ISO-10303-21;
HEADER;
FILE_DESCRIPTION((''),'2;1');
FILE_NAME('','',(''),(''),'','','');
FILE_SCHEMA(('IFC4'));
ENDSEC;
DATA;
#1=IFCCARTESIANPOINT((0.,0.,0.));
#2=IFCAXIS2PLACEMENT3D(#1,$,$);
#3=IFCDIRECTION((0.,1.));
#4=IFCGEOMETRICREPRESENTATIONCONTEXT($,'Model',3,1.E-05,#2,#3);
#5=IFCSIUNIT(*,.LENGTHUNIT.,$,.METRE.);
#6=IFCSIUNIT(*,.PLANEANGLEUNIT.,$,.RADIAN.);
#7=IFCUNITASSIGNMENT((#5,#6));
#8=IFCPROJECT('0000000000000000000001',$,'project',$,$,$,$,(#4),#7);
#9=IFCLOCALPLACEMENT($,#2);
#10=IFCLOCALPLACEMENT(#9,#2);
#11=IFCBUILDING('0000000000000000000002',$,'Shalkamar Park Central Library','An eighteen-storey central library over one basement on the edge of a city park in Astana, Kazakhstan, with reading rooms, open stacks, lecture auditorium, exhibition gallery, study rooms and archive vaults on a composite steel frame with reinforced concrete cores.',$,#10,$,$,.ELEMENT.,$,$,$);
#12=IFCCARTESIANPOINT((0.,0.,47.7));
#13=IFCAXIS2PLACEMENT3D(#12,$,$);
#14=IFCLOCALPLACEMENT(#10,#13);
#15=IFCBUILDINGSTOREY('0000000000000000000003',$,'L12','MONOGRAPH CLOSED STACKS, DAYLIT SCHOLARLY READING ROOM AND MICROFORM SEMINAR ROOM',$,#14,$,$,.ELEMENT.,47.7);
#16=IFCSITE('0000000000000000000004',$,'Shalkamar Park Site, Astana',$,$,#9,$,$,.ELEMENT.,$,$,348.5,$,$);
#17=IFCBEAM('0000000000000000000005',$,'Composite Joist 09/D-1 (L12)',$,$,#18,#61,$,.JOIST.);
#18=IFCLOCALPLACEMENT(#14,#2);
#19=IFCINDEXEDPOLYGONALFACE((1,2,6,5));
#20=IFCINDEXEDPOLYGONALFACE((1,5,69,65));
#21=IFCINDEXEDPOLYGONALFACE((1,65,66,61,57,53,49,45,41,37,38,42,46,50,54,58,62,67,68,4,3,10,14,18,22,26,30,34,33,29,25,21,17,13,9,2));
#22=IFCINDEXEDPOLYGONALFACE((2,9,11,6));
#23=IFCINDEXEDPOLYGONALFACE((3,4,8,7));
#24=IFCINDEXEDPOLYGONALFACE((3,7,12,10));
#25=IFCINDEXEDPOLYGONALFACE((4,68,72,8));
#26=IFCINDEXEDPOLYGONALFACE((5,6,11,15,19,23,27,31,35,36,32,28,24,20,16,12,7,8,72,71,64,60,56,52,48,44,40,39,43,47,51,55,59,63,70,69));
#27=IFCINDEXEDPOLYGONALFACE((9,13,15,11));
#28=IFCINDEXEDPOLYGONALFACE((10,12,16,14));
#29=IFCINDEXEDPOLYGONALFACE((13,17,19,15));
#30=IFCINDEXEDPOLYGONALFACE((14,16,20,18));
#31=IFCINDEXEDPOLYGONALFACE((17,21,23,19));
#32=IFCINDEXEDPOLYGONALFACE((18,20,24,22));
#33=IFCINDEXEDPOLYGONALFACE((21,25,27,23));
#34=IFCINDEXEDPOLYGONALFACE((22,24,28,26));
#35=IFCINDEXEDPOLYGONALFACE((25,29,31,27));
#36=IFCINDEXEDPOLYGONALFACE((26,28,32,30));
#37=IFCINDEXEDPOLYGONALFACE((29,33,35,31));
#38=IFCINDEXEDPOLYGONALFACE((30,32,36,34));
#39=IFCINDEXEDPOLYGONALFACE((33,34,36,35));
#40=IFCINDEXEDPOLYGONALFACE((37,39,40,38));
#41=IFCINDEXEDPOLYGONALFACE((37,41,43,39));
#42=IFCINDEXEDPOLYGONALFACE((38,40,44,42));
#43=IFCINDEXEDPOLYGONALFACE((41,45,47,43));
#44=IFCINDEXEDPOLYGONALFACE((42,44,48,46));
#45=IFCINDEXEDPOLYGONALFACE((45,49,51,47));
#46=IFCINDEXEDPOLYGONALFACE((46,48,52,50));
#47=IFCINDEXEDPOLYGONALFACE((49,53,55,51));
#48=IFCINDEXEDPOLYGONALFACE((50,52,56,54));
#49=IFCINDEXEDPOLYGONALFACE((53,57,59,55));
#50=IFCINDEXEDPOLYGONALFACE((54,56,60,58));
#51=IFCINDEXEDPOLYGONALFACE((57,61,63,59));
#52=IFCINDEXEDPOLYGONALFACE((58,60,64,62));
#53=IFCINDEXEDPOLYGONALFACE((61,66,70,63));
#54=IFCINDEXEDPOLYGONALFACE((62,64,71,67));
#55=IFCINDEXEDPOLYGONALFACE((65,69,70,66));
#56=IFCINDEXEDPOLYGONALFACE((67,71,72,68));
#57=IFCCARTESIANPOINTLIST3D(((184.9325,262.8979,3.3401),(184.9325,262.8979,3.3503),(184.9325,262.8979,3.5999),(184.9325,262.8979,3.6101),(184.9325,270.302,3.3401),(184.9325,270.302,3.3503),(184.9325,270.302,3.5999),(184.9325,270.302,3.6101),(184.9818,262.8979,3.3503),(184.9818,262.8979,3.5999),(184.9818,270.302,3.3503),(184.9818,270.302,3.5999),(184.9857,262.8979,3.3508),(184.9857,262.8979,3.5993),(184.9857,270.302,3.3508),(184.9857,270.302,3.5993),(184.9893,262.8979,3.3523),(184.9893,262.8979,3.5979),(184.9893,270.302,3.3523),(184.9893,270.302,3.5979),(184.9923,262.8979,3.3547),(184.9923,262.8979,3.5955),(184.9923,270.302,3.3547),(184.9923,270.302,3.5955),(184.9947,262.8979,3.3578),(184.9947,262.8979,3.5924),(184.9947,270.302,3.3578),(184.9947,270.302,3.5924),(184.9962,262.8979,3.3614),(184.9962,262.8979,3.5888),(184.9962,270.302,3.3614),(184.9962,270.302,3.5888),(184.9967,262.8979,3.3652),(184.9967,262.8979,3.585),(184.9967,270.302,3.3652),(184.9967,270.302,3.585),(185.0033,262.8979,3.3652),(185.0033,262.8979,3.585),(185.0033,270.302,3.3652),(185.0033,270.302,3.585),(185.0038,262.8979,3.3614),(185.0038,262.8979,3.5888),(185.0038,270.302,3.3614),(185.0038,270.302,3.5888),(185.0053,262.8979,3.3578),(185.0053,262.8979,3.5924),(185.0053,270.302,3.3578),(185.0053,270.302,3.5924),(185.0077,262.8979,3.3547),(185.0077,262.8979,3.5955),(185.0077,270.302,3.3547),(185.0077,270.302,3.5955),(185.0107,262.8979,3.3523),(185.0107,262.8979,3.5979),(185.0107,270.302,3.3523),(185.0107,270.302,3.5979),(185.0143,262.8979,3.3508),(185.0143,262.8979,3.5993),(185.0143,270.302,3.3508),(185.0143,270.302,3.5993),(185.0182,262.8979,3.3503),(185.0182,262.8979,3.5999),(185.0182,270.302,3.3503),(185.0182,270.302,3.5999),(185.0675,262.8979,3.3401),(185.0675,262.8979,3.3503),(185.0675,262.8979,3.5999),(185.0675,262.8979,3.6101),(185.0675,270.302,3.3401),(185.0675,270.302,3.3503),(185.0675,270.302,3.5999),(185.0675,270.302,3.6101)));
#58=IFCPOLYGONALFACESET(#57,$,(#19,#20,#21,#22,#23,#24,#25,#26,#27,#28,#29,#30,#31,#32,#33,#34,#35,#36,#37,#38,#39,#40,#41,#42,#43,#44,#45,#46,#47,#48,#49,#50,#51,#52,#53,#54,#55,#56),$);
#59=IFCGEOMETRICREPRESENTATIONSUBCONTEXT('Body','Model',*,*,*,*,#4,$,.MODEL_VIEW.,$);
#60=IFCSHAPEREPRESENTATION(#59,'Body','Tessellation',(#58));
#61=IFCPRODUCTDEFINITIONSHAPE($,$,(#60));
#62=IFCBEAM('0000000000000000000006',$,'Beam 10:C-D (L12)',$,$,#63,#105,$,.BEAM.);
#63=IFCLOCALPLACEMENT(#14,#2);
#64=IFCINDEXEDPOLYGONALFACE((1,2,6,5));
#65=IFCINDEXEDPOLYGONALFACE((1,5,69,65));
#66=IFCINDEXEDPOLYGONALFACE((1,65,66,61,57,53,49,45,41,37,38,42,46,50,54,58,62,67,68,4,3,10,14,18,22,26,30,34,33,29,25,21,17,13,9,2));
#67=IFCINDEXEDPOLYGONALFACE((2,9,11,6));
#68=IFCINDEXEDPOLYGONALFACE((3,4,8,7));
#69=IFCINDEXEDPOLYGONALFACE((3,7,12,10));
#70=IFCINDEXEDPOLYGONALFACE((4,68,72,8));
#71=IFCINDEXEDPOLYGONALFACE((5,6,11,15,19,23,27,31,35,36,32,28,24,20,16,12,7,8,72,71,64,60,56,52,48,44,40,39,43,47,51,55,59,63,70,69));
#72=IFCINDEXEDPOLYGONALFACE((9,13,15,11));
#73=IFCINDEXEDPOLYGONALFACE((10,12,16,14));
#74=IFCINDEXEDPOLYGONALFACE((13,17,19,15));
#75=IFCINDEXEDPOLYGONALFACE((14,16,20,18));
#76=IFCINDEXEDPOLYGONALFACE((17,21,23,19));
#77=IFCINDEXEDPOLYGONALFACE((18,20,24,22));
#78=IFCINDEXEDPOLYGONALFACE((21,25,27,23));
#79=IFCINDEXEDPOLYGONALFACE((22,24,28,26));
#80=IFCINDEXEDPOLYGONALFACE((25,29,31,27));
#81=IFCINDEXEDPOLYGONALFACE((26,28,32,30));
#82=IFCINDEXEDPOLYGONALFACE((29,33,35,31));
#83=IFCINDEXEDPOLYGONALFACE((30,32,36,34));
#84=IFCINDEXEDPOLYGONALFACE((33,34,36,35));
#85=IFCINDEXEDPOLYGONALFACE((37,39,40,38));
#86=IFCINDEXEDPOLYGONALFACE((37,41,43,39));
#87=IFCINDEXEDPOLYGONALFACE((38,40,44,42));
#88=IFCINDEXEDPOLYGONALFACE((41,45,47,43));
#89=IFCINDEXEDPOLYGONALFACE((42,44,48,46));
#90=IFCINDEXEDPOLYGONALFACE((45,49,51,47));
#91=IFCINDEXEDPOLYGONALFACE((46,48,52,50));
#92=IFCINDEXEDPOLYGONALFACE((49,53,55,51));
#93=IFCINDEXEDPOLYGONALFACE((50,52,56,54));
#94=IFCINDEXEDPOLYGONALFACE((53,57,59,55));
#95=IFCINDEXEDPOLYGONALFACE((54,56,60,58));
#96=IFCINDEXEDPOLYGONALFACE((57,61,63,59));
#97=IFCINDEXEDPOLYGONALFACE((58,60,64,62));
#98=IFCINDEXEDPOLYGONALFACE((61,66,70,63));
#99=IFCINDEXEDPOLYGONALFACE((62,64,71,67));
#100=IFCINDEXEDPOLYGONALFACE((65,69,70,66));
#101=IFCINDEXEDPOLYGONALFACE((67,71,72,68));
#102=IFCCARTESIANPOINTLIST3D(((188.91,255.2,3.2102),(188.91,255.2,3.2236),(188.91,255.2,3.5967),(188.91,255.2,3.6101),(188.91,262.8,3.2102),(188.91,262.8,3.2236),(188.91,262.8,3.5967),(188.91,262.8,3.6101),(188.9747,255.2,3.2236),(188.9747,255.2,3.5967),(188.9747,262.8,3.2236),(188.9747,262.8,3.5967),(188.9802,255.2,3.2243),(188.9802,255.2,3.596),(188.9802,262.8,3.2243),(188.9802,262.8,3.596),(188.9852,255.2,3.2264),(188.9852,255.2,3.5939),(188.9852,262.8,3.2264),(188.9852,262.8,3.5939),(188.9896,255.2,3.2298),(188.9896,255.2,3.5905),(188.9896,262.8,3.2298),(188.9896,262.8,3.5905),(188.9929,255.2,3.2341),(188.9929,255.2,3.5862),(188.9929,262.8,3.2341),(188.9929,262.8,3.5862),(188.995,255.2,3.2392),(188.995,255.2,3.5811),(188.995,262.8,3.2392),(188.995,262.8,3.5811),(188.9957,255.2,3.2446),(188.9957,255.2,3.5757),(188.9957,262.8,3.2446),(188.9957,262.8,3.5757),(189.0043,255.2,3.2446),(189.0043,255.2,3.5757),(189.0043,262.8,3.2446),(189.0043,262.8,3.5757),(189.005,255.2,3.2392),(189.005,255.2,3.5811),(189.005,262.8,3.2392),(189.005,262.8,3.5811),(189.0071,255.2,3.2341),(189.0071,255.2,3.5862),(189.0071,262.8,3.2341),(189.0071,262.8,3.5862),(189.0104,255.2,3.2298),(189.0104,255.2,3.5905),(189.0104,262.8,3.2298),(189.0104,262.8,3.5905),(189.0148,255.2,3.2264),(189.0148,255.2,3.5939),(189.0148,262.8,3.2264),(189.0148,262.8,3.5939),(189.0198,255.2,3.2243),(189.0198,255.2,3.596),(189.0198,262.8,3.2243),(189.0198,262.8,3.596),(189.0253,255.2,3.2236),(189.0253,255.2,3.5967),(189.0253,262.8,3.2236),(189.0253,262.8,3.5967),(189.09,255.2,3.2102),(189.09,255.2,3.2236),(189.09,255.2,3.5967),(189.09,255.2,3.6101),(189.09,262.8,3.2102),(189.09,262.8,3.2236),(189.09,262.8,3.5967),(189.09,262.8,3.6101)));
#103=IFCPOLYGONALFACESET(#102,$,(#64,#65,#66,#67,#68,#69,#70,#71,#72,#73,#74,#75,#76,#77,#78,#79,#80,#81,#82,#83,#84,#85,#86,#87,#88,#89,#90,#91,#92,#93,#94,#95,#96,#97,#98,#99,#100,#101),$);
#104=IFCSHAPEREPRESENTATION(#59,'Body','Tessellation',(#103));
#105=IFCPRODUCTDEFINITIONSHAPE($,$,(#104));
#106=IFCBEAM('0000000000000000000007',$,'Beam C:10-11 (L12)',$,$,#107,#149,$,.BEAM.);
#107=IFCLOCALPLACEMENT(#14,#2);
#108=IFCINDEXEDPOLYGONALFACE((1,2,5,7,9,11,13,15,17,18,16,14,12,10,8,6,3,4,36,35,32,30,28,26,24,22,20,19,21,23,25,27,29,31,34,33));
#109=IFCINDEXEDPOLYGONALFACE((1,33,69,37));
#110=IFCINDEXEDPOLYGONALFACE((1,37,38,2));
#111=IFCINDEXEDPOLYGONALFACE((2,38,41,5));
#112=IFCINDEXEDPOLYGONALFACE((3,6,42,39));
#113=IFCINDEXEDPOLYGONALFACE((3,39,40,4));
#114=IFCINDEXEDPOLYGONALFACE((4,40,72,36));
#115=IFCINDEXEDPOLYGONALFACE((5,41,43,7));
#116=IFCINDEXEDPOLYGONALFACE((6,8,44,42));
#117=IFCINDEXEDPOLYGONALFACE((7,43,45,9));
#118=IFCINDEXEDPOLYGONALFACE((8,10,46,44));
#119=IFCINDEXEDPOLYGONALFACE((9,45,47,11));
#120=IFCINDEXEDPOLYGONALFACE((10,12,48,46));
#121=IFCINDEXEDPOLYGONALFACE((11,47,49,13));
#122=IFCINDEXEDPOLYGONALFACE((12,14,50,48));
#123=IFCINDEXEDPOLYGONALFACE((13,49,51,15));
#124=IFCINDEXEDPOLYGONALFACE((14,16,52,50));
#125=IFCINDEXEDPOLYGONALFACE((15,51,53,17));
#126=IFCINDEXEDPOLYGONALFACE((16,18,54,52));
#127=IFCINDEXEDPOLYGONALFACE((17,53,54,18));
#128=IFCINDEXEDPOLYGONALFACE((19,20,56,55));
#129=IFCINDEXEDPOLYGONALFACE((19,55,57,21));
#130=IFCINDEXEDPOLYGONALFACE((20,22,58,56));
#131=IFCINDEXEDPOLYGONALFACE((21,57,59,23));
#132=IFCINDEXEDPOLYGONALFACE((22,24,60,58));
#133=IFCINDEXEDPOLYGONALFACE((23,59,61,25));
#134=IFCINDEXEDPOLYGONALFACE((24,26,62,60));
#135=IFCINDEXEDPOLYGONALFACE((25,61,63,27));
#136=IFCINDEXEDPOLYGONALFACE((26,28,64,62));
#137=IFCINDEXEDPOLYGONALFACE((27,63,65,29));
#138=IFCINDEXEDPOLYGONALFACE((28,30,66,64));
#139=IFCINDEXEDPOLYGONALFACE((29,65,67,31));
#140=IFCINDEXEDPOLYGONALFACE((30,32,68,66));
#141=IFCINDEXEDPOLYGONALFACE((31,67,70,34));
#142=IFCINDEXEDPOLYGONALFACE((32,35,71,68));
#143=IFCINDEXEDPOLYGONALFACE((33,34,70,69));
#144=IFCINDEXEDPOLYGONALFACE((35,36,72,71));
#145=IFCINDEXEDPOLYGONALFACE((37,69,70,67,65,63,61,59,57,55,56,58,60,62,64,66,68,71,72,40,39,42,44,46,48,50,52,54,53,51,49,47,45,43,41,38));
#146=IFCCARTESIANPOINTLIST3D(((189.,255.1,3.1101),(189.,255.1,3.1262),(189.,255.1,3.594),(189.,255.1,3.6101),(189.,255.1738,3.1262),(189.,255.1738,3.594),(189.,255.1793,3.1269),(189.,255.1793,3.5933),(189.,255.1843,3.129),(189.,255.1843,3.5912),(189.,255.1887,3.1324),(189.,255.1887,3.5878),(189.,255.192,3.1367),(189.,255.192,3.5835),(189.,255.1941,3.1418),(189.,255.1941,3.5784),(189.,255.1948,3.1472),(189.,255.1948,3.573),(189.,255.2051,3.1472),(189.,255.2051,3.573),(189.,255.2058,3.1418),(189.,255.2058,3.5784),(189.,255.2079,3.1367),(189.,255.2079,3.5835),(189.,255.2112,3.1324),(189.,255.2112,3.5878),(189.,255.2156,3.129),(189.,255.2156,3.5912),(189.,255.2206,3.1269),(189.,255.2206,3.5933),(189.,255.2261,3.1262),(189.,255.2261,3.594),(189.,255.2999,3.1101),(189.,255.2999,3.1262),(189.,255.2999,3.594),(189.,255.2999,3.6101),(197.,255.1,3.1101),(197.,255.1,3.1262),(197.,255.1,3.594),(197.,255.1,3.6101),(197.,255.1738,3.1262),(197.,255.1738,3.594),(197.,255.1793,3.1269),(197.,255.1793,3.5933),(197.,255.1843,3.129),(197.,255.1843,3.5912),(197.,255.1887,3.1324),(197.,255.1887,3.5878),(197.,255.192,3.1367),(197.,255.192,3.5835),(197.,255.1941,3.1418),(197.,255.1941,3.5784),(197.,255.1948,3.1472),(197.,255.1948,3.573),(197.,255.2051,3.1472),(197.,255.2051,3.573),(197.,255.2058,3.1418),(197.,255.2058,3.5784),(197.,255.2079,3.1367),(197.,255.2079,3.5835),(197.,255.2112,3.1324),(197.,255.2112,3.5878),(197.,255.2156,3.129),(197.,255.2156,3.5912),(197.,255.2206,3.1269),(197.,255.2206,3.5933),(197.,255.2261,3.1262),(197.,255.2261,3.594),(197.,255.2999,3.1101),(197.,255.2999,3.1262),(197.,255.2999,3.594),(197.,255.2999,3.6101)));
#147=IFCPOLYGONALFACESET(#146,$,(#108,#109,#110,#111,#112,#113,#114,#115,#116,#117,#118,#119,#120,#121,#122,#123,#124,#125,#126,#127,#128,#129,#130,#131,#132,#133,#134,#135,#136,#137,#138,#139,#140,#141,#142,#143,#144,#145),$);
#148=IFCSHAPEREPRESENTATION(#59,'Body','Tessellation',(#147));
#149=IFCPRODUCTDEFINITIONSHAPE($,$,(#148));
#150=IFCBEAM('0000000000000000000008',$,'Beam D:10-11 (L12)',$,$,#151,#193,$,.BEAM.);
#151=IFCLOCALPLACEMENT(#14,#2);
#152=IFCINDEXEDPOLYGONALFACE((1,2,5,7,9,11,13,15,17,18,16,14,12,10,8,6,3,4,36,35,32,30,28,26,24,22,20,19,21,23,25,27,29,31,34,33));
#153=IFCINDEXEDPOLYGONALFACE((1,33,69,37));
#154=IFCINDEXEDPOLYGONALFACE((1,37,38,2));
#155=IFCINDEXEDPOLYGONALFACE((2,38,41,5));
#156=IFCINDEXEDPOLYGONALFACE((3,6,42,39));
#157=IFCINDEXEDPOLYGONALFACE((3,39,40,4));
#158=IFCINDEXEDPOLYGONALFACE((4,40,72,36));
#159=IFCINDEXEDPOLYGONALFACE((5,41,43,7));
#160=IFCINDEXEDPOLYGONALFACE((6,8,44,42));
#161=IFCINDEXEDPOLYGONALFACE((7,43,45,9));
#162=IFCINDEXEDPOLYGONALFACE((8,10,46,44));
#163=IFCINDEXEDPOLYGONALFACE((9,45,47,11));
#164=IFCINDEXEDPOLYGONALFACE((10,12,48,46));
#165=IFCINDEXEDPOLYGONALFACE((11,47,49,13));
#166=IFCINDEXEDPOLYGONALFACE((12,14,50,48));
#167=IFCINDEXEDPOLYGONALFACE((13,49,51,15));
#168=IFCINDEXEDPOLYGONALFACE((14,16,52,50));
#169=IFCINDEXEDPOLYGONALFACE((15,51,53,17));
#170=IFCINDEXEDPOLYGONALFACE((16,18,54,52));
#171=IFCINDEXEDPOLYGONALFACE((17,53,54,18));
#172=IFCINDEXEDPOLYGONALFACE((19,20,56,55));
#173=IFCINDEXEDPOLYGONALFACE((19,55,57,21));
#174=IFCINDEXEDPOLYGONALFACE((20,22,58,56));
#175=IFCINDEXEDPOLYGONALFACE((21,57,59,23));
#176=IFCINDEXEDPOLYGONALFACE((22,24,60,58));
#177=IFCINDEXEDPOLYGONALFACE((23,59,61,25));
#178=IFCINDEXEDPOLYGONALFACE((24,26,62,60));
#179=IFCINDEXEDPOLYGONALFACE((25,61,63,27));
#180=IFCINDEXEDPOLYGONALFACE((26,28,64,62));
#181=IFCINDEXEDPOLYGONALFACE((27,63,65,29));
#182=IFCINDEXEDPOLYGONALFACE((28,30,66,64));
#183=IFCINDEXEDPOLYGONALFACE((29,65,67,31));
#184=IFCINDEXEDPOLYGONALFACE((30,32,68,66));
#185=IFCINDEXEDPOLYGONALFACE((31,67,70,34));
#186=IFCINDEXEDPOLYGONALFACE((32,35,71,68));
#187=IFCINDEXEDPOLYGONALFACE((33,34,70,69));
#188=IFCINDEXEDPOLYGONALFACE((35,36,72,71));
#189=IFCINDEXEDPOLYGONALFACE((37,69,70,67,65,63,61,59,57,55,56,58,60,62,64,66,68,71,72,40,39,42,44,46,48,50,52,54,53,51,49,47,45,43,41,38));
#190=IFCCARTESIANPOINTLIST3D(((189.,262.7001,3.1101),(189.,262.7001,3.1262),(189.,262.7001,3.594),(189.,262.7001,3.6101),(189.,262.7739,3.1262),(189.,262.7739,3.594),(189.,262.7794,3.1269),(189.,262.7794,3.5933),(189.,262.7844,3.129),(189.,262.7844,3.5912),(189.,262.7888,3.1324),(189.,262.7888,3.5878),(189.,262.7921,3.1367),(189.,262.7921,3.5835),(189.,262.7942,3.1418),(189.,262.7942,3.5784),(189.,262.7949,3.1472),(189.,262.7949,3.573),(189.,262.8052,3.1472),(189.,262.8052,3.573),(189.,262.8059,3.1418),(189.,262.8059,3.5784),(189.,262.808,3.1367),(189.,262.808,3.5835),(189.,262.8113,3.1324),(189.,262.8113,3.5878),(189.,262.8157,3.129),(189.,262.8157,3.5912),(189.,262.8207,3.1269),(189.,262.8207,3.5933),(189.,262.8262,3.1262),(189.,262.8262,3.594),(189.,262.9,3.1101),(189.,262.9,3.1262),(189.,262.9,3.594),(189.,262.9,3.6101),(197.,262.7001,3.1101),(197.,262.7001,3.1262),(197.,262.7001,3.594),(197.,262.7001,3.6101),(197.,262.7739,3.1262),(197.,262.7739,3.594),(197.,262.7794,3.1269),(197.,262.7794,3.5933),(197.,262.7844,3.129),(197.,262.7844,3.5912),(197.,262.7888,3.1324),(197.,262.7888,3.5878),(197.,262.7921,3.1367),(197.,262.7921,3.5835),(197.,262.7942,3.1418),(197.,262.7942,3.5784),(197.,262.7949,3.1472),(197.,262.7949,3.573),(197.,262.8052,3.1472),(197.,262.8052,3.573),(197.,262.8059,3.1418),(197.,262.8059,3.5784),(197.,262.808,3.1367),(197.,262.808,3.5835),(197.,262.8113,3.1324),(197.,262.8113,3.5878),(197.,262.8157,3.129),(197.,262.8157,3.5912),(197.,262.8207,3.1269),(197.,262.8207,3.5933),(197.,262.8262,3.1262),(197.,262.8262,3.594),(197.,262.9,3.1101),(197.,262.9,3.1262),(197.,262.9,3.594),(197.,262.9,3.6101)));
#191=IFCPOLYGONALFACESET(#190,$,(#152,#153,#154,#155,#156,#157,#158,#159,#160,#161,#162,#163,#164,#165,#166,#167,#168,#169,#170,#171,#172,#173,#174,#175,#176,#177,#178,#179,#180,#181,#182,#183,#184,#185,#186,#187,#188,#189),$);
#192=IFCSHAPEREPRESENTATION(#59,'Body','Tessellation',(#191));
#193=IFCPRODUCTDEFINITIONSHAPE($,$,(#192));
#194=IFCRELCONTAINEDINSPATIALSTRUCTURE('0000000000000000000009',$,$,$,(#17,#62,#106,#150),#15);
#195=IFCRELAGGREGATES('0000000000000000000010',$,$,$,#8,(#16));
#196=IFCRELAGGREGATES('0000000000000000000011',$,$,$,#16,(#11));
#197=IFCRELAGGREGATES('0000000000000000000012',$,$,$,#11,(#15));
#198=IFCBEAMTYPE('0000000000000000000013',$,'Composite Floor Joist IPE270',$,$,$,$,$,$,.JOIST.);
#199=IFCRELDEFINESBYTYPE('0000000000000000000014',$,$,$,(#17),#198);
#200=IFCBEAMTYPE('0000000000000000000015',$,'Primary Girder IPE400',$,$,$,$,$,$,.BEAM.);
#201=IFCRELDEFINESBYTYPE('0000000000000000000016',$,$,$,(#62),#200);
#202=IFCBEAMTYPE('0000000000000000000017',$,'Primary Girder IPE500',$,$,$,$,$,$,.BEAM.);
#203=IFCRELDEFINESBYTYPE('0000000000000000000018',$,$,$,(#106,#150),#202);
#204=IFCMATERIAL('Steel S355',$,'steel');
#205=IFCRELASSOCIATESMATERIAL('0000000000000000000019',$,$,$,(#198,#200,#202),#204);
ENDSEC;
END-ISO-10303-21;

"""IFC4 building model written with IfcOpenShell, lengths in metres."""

from ifc_helpers import new_model, si_unit, direction, frame, origin, origin_2d, place, context, subcontext, project, spatial, i_section, extrude, material, material_profile, profile_set, type_object, element, save


model = new_model("IFC4")

# Units and contexts
model_context = context("Model", 3, precision=1e-05, world=origin(), true_north=direction((0.0, 1.0)))
body_context = subcontext(model_context, "Body", "Model", "MODEL_VIEW")
ifc_project = project(units=[si_unit("LENGTHUNIT", "METRE"), si_unit("PLANEANGLEUNIT", "RADIAN")], contexts=[model_context])

# Site, building, storey
site_placement = place(None, origin())
site = spatial("IfcSite", under=ifc_project, at=site_placement, Name="Shalkamar Park Site, Astana", CompositionType="ELEMENT", RefElevation=348.5)
building_placement = place(site_placement, origin())
building = spatial("IfcBuilding", under=site, at=building_placement, Name="Shalkamar Park Central Library", Description="An eighteen-storey central library over one basement on the edge of a city park in Astana, Kazakhstan, with reading rooms, open stacks, lecture auditorium, exhibition gallery, study rooms and archive vaults on a composite steel frame with reinforced concrete cores.", CompositionType="ELEMENT")
storey_placement = place(building_placement, frame((0.0, 0.0, 47.7)))
storey = spatial("IfcBuildingStorey", under=building, at=storey_placement, Name="L12", Description="MONOGRAPH CLOSED STACKS, DAYLIT SCHOLARLY READING ROOM AND MICROFORM SEMINAR ROOM", CompositionType="ELEMENT", Elevation=47.7)

# Shared definitions
ifc_material_1 = material(Name="Steel S355", Category="steel")

# Beams
ifc_material_profile_1 = material_profile(ifc_material_1, i_section(OverallWidth=0.135, OverallDepth=0.27, WebThickness=0.0066, FlangeThickness=0.0103, FilletRadius=0.0149, at=origin_2d()), Name="IPE 270")
ifc_profile_set_1 = profile_set([ifc_material_profile_1], Name="Steel S355")
beam_type_1 = type_object("IfcBeamType", Name="Composite Floor Joist IPE270", PredefinedType="JOIST", material=ifc_profile_set_1)
beam_1_placement = place(storey_placement, frame((185.0, 262.8979, 3.4751), z_axis=(0.0, 1.0, 0.0), x_axis=(-1.0, 0.0, 0.0)))
element("IfcBeam", 1, at=beam_1_placement, inside=storey, type_object=beam_type_1, Name="Composite Joist 09/D-1 (L12)", PredefinedType="JOIST", context=body_context, shape_type="SweptSolid", body=[
    extrude(i_section(OverallWidth=0.135, OverallDepth=0.27, WebThickness=0.0066, FlangeThickness=0.0103, FilletRadius=0.0149, at=origin_2d()), origin(), (0.0, 0.0, 1.0), 7.4041),
])
ifc_material_profile_2 = material_profile(ifc_material_1, i_section(OverallWidth=0.1799, OverallDepth=0.3999, WebThickness=0.0085, FlangeThickness=0.0134, FilletRadius=0.021, at=origin_2d()), Name="IPE 400")
ifc_profile_set_2 = profile_set([ifc_material_profile_2], Name="Steel S355")
beam_type_2 = type_object("IfcBeamType", Name="Primary Girder IPE400", PredefinedType="BEAM", material=ifc_profile_set_2)
beam_2_placement = place(storey_placement, frame((189.0, 255.2, 3.4102), z_axis=(0.0, 1.0, 0.0), x_axis=(-1.0, 0.0, 0.0)))
element("IfcBeam", 2, at=beam_2_placement, inside=storey, type_object=beam_type_2, Name="Beam 10:C-D (L12)", PredefinedType="BEAM", context=body_context, shape_type="SweptSolid", body=[
    extrude(i_section(OverallWidth=0.1799, OverallDepth=0.3999, WebThickness=0.0085, FlangeThickness=0.0134, FilletRadius=0.021, at=origin_2d()), origin(), (0.0, 0.0, 1.0), 7.6001),
])
ifc_material_profile_3 = material_profile(ifc_material_1, i_section(OverallWidth=0.2, OverallDepth=0.5, WebThickness=0.0103, FlangeThickness=0.0161, FilletRadius=0.021, at=origin_2d()), Name="IPE 500")
ifc_profile_set_3 = profile_set([ifc_material_profile_3], Name="Steel S355")
beam_type_3 = type_object("IfcBeamType", Name="Primary Girder IPE500", PredefinedType="BEAM", material=ifc_profile_set_3)
for number, where, z_axis, x_axis, name in (
    (3, (189.0, 255.2, 3.3601), (1.0, 0.0, 0.0), (0.0, 1.0, 0.0), "Beam C:10-11 (L12)"),
    (4, (189.0, 262.8, 3.3601), (1.0, 0.0, 0.0), (0.0, 1.0, 0.0), "Beam D:10-11 (L12)"),
):
    element("IfcBeam", number, at=place(storey_placement, frame(where, z_axis=z_axis, x_axis=x_axis)), inside=storey, type_object=beam_type_3, Name=name, PredefinedType="BEAM", context=body_context, shape_type="SweptSolid", body=[
        extrude(i_section(OverallWidth=0.2, OverallDepth=0.5, WebThickness=0.0103, FlangeThickness=0.0161, FilletRadius=0.021, at=origin_2d()), origin(), (0.0, 0.0, 1.0), 8.0),
    ])

save(model, "model.ifc")
